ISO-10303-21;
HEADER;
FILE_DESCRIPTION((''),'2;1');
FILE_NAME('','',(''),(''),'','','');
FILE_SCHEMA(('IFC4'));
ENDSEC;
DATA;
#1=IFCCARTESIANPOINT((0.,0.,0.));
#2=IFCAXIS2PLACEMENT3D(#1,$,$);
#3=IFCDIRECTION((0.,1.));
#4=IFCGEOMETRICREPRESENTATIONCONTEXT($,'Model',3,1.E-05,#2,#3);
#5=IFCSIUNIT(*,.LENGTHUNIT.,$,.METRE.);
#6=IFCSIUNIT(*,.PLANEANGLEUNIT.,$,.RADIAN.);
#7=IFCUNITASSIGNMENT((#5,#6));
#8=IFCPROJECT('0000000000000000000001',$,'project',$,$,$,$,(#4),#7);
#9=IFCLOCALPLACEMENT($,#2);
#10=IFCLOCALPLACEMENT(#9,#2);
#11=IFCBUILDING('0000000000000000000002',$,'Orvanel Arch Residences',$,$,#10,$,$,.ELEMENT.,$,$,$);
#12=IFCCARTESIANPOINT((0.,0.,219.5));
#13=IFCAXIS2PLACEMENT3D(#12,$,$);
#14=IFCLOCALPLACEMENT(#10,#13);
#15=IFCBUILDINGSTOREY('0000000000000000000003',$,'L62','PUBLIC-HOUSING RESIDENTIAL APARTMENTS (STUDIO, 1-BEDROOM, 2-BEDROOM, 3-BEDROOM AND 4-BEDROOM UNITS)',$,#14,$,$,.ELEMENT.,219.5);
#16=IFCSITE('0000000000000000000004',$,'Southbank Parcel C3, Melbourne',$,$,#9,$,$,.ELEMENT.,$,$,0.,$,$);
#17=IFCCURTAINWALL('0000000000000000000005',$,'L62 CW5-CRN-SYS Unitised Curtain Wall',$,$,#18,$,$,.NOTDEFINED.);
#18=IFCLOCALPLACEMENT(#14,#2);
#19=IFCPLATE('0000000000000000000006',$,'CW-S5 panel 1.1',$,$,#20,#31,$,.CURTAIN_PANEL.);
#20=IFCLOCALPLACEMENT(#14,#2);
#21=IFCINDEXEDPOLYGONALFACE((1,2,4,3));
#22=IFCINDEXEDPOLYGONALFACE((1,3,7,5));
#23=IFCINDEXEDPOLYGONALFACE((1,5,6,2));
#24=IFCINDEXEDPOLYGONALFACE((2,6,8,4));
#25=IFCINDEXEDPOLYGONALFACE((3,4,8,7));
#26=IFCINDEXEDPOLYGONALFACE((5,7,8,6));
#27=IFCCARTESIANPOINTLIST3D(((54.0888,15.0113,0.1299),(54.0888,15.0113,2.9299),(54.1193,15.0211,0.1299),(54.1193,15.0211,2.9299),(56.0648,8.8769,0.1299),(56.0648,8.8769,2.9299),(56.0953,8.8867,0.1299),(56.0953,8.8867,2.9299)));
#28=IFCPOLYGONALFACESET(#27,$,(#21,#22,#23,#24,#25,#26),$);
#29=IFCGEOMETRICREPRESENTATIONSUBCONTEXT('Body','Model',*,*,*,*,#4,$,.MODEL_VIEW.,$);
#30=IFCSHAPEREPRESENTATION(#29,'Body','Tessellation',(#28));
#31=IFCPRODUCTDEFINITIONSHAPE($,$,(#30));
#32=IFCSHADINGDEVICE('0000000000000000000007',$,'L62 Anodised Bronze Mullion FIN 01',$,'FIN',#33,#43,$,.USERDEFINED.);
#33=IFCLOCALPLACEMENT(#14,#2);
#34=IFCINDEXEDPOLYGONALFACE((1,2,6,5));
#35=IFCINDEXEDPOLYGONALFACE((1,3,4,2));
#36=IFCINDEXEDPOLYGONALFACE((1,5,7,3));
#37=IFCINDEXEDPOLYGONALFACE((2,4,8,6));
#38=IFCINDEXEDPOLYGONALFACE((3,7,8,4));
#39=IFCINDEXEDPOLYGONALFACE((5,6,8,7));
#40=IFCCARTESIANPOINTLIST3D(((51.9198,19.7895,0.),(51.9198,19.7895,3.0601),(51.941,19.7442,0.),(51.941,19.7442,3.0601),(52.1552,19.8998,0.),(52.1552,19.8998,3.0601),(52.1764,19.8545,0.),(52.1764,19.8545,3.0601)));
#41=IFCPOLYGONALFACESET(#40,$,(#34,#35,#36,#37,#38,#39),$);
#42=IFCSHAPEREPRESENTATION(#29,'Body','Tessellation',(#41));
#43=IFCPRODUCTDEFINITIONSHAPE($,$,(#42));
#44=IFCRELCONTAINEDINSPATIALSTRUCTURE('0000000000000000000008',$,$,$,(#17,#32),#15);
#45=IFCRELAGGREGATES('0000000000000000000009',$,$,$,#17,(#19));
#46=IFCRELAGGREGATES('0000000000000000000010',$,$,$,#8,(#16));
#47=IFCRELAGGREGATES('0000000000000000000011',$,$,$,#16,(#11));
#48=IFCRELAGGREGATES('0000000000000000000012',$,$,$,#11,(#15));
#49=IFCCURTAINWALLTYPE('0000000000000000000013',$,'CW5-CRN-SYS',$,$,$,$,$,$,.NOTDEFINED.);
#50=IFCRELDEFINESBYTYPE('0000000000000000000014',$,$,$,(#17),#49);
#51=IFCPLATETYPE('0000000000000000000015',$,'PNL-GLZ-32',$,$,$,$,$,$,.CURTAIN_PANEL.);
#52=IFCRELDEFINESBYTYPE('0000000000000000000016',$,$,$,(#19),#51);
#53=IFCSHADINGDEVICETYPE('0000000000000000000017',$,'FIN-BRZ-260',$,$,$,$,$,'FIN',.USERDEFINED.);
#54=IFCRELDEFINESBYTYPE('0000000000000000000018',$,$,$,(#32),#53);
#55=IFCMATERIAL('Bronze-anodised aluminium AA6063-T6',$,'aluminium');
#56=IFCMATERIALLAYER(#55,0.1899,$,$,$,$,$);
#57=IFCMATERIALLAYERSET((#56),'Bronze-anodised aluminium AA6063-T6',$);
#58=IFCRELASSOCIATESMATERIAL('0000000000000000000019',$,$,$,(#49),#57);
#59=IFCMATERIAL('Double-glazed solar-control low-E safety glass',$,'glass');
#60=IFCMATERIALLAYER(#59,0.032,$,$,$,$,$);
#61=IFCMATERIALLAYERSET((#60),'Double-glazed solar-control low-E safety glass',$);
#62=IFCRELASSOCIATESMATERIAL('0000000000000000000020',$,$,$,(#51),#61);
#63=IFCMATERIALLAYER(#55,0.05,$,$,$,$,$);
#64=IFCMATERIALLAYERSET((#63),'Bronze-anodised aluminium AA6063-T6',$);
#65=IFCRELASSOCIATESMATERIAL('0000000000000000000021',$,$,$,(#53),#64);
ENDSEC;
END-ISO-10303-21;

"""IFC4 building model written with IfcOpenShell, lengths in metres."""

from ifc_helpers import new_model, si_unit, direction, frame, origin, origin_2d, place, context, subcontext, project, spatial, rectangle, extrude, material, layer, layer_set, type_object, element, aggregate, save


model = new_model("IFC4")

# Units and contexts
model_context = context("Model", 3, precision=1e-05, world=origin(), true_north=direction((0.0, 1.0)))
body_context = subcontext(model_context, "Body", "Model", "MODEL_VIEW")
ifc_project = project(units=[si_unit("LENGTHUNIT", "METRE"), si_unit("PLANEANGLEUNIT", "RADIAN")], contexts=[model_context])

# Site, building, storey
site_placement = place(None, origin())
site = spatial("IfcSite", under=ifc_project, at=site_placement, Name="Southbank Parcel C3, Melbourne", CompositionType="ELEMENT", RefElevation=0.0)
building_placement = place(site_placement, origin())
building = spatial("IfcBuilding", under=site, at=building_placement, Name="Orvanel Arch Residences", CompositionType="ELEMENT")
storey_placement = place(building_placement, frame((0.0, 0.0, 219.5)))
storey = spatial("IfcBuildingStorey", under=building, at=storey_placement, Name="L62", Description="PUBLIC-HOUSING RESIDENTIAL APARTMENTS (STUDIO, 1-BEDROOM, 2-BEDROOM, 3-BEDROOM AND 4-BEDROOM UNITS)", CompositionType="ELEMENT", Elevation=219.5)

# Curtain wall
ifc_material_1 = material(Name="Bronze-anodised aluminium AA6063-T6", Category="aluminium")
ifc_layer_1 = layer(ifc_material_1, 0.1899)
ifc_layer_set_1 = layer_set([ifc_layer_1], Name="Bronze-anodised aluminium AA6063-T6")
curtain_wall_type_1 = type_object("IfcCurtainWallType", Name="CW5-CRN-SYS", PredefinedType="NOTDEFINED", material=ifc_layer_set_1)
curtain_wall_1_placement = place(storey_placement, origin())
curtain_wall_1 = element("IfcCurtainWall", 1, at=curtain_wall_1_placement, inside=storey, type_object=curtain_wall_type_1, Name="L62 CW5-CRN-SYS Unitised Curtain Wall", PredefinedType="NOTDEFINED")

# Plate
ifc_material_2 = material(Name="Double-glazed solar-control low-E safety glass", Category="glass")
ifc_layer_2 = layer(ifc_material_2, 0.032)
ifc_layer_set_2 = layer_set([ifc_layer_2], Name="Double-glazed solar-control low-E safety glass")
plate_type_1 = type_object("IfcPlateType", Name="PNL-GLZ-32", PredefinedType="CURTAIN_PANEL", material=ifc_layer_set_2)
plate_1_placement = place(storey_placement, frame((55.092, 11.949, 0.1299), z_axis=(0.0, 0.0, 1.0), x_axis=(-0.306604, 0.951837, 0.0)))
plate_1 = element("IfcPlate", 2, at=plate_1_placement, type_object=plate_type_1, Name="CW-S5 panel 1.1", PredefinedType="CURTAIN_PANEL", context=body_context, shape_type="SweptSolid", body=[
    extrude(rectangle(XDim=6.4448, YDim=0.032, at=origin_2d()), origin(), (0.0, 0.0, 1.0), 2.8),
])
aggregate(curtain_wall_1, [plate_1])

# Shading device
ifc_layer_3 = layer(ifc_material_1, 0.05)
ifc_layer_set_3 = layer_set([ifc_layer_3], Name="Bronze-anodised aluminium AA6063-T6")
shading_device_type = type_object("IfcShadingDeviceType", Name="FIN-BRZ-260", ElementType="FIN", PredefinedType="USERDEFINED", material=ifc_layer_set_3)
shading_device_placement = place(storey_placement, frame((52.0481, 19.822, 0.0), z_axis=(0.0, 0.0, 1.0), x_axis=(0.905569, 0.424199, 0.0)))
element("IfcShadingDevice", 3, at=shading_device_placement, inside=storey, type_object=shading_device_type, Name="L62 Anodised Bronze Mullion FIN 01", ObjectType="FIN", PredefinedType="USERDEFINED", context=body_context, shape_type="SweptSolid", body=[
    extrude(rectangle(XDim=0.26, YDim=0.05, at=origin_2d()), origin(), (0.0, 0.0, 1.0), 3.0601),
])

save(model, "model.ifc")
